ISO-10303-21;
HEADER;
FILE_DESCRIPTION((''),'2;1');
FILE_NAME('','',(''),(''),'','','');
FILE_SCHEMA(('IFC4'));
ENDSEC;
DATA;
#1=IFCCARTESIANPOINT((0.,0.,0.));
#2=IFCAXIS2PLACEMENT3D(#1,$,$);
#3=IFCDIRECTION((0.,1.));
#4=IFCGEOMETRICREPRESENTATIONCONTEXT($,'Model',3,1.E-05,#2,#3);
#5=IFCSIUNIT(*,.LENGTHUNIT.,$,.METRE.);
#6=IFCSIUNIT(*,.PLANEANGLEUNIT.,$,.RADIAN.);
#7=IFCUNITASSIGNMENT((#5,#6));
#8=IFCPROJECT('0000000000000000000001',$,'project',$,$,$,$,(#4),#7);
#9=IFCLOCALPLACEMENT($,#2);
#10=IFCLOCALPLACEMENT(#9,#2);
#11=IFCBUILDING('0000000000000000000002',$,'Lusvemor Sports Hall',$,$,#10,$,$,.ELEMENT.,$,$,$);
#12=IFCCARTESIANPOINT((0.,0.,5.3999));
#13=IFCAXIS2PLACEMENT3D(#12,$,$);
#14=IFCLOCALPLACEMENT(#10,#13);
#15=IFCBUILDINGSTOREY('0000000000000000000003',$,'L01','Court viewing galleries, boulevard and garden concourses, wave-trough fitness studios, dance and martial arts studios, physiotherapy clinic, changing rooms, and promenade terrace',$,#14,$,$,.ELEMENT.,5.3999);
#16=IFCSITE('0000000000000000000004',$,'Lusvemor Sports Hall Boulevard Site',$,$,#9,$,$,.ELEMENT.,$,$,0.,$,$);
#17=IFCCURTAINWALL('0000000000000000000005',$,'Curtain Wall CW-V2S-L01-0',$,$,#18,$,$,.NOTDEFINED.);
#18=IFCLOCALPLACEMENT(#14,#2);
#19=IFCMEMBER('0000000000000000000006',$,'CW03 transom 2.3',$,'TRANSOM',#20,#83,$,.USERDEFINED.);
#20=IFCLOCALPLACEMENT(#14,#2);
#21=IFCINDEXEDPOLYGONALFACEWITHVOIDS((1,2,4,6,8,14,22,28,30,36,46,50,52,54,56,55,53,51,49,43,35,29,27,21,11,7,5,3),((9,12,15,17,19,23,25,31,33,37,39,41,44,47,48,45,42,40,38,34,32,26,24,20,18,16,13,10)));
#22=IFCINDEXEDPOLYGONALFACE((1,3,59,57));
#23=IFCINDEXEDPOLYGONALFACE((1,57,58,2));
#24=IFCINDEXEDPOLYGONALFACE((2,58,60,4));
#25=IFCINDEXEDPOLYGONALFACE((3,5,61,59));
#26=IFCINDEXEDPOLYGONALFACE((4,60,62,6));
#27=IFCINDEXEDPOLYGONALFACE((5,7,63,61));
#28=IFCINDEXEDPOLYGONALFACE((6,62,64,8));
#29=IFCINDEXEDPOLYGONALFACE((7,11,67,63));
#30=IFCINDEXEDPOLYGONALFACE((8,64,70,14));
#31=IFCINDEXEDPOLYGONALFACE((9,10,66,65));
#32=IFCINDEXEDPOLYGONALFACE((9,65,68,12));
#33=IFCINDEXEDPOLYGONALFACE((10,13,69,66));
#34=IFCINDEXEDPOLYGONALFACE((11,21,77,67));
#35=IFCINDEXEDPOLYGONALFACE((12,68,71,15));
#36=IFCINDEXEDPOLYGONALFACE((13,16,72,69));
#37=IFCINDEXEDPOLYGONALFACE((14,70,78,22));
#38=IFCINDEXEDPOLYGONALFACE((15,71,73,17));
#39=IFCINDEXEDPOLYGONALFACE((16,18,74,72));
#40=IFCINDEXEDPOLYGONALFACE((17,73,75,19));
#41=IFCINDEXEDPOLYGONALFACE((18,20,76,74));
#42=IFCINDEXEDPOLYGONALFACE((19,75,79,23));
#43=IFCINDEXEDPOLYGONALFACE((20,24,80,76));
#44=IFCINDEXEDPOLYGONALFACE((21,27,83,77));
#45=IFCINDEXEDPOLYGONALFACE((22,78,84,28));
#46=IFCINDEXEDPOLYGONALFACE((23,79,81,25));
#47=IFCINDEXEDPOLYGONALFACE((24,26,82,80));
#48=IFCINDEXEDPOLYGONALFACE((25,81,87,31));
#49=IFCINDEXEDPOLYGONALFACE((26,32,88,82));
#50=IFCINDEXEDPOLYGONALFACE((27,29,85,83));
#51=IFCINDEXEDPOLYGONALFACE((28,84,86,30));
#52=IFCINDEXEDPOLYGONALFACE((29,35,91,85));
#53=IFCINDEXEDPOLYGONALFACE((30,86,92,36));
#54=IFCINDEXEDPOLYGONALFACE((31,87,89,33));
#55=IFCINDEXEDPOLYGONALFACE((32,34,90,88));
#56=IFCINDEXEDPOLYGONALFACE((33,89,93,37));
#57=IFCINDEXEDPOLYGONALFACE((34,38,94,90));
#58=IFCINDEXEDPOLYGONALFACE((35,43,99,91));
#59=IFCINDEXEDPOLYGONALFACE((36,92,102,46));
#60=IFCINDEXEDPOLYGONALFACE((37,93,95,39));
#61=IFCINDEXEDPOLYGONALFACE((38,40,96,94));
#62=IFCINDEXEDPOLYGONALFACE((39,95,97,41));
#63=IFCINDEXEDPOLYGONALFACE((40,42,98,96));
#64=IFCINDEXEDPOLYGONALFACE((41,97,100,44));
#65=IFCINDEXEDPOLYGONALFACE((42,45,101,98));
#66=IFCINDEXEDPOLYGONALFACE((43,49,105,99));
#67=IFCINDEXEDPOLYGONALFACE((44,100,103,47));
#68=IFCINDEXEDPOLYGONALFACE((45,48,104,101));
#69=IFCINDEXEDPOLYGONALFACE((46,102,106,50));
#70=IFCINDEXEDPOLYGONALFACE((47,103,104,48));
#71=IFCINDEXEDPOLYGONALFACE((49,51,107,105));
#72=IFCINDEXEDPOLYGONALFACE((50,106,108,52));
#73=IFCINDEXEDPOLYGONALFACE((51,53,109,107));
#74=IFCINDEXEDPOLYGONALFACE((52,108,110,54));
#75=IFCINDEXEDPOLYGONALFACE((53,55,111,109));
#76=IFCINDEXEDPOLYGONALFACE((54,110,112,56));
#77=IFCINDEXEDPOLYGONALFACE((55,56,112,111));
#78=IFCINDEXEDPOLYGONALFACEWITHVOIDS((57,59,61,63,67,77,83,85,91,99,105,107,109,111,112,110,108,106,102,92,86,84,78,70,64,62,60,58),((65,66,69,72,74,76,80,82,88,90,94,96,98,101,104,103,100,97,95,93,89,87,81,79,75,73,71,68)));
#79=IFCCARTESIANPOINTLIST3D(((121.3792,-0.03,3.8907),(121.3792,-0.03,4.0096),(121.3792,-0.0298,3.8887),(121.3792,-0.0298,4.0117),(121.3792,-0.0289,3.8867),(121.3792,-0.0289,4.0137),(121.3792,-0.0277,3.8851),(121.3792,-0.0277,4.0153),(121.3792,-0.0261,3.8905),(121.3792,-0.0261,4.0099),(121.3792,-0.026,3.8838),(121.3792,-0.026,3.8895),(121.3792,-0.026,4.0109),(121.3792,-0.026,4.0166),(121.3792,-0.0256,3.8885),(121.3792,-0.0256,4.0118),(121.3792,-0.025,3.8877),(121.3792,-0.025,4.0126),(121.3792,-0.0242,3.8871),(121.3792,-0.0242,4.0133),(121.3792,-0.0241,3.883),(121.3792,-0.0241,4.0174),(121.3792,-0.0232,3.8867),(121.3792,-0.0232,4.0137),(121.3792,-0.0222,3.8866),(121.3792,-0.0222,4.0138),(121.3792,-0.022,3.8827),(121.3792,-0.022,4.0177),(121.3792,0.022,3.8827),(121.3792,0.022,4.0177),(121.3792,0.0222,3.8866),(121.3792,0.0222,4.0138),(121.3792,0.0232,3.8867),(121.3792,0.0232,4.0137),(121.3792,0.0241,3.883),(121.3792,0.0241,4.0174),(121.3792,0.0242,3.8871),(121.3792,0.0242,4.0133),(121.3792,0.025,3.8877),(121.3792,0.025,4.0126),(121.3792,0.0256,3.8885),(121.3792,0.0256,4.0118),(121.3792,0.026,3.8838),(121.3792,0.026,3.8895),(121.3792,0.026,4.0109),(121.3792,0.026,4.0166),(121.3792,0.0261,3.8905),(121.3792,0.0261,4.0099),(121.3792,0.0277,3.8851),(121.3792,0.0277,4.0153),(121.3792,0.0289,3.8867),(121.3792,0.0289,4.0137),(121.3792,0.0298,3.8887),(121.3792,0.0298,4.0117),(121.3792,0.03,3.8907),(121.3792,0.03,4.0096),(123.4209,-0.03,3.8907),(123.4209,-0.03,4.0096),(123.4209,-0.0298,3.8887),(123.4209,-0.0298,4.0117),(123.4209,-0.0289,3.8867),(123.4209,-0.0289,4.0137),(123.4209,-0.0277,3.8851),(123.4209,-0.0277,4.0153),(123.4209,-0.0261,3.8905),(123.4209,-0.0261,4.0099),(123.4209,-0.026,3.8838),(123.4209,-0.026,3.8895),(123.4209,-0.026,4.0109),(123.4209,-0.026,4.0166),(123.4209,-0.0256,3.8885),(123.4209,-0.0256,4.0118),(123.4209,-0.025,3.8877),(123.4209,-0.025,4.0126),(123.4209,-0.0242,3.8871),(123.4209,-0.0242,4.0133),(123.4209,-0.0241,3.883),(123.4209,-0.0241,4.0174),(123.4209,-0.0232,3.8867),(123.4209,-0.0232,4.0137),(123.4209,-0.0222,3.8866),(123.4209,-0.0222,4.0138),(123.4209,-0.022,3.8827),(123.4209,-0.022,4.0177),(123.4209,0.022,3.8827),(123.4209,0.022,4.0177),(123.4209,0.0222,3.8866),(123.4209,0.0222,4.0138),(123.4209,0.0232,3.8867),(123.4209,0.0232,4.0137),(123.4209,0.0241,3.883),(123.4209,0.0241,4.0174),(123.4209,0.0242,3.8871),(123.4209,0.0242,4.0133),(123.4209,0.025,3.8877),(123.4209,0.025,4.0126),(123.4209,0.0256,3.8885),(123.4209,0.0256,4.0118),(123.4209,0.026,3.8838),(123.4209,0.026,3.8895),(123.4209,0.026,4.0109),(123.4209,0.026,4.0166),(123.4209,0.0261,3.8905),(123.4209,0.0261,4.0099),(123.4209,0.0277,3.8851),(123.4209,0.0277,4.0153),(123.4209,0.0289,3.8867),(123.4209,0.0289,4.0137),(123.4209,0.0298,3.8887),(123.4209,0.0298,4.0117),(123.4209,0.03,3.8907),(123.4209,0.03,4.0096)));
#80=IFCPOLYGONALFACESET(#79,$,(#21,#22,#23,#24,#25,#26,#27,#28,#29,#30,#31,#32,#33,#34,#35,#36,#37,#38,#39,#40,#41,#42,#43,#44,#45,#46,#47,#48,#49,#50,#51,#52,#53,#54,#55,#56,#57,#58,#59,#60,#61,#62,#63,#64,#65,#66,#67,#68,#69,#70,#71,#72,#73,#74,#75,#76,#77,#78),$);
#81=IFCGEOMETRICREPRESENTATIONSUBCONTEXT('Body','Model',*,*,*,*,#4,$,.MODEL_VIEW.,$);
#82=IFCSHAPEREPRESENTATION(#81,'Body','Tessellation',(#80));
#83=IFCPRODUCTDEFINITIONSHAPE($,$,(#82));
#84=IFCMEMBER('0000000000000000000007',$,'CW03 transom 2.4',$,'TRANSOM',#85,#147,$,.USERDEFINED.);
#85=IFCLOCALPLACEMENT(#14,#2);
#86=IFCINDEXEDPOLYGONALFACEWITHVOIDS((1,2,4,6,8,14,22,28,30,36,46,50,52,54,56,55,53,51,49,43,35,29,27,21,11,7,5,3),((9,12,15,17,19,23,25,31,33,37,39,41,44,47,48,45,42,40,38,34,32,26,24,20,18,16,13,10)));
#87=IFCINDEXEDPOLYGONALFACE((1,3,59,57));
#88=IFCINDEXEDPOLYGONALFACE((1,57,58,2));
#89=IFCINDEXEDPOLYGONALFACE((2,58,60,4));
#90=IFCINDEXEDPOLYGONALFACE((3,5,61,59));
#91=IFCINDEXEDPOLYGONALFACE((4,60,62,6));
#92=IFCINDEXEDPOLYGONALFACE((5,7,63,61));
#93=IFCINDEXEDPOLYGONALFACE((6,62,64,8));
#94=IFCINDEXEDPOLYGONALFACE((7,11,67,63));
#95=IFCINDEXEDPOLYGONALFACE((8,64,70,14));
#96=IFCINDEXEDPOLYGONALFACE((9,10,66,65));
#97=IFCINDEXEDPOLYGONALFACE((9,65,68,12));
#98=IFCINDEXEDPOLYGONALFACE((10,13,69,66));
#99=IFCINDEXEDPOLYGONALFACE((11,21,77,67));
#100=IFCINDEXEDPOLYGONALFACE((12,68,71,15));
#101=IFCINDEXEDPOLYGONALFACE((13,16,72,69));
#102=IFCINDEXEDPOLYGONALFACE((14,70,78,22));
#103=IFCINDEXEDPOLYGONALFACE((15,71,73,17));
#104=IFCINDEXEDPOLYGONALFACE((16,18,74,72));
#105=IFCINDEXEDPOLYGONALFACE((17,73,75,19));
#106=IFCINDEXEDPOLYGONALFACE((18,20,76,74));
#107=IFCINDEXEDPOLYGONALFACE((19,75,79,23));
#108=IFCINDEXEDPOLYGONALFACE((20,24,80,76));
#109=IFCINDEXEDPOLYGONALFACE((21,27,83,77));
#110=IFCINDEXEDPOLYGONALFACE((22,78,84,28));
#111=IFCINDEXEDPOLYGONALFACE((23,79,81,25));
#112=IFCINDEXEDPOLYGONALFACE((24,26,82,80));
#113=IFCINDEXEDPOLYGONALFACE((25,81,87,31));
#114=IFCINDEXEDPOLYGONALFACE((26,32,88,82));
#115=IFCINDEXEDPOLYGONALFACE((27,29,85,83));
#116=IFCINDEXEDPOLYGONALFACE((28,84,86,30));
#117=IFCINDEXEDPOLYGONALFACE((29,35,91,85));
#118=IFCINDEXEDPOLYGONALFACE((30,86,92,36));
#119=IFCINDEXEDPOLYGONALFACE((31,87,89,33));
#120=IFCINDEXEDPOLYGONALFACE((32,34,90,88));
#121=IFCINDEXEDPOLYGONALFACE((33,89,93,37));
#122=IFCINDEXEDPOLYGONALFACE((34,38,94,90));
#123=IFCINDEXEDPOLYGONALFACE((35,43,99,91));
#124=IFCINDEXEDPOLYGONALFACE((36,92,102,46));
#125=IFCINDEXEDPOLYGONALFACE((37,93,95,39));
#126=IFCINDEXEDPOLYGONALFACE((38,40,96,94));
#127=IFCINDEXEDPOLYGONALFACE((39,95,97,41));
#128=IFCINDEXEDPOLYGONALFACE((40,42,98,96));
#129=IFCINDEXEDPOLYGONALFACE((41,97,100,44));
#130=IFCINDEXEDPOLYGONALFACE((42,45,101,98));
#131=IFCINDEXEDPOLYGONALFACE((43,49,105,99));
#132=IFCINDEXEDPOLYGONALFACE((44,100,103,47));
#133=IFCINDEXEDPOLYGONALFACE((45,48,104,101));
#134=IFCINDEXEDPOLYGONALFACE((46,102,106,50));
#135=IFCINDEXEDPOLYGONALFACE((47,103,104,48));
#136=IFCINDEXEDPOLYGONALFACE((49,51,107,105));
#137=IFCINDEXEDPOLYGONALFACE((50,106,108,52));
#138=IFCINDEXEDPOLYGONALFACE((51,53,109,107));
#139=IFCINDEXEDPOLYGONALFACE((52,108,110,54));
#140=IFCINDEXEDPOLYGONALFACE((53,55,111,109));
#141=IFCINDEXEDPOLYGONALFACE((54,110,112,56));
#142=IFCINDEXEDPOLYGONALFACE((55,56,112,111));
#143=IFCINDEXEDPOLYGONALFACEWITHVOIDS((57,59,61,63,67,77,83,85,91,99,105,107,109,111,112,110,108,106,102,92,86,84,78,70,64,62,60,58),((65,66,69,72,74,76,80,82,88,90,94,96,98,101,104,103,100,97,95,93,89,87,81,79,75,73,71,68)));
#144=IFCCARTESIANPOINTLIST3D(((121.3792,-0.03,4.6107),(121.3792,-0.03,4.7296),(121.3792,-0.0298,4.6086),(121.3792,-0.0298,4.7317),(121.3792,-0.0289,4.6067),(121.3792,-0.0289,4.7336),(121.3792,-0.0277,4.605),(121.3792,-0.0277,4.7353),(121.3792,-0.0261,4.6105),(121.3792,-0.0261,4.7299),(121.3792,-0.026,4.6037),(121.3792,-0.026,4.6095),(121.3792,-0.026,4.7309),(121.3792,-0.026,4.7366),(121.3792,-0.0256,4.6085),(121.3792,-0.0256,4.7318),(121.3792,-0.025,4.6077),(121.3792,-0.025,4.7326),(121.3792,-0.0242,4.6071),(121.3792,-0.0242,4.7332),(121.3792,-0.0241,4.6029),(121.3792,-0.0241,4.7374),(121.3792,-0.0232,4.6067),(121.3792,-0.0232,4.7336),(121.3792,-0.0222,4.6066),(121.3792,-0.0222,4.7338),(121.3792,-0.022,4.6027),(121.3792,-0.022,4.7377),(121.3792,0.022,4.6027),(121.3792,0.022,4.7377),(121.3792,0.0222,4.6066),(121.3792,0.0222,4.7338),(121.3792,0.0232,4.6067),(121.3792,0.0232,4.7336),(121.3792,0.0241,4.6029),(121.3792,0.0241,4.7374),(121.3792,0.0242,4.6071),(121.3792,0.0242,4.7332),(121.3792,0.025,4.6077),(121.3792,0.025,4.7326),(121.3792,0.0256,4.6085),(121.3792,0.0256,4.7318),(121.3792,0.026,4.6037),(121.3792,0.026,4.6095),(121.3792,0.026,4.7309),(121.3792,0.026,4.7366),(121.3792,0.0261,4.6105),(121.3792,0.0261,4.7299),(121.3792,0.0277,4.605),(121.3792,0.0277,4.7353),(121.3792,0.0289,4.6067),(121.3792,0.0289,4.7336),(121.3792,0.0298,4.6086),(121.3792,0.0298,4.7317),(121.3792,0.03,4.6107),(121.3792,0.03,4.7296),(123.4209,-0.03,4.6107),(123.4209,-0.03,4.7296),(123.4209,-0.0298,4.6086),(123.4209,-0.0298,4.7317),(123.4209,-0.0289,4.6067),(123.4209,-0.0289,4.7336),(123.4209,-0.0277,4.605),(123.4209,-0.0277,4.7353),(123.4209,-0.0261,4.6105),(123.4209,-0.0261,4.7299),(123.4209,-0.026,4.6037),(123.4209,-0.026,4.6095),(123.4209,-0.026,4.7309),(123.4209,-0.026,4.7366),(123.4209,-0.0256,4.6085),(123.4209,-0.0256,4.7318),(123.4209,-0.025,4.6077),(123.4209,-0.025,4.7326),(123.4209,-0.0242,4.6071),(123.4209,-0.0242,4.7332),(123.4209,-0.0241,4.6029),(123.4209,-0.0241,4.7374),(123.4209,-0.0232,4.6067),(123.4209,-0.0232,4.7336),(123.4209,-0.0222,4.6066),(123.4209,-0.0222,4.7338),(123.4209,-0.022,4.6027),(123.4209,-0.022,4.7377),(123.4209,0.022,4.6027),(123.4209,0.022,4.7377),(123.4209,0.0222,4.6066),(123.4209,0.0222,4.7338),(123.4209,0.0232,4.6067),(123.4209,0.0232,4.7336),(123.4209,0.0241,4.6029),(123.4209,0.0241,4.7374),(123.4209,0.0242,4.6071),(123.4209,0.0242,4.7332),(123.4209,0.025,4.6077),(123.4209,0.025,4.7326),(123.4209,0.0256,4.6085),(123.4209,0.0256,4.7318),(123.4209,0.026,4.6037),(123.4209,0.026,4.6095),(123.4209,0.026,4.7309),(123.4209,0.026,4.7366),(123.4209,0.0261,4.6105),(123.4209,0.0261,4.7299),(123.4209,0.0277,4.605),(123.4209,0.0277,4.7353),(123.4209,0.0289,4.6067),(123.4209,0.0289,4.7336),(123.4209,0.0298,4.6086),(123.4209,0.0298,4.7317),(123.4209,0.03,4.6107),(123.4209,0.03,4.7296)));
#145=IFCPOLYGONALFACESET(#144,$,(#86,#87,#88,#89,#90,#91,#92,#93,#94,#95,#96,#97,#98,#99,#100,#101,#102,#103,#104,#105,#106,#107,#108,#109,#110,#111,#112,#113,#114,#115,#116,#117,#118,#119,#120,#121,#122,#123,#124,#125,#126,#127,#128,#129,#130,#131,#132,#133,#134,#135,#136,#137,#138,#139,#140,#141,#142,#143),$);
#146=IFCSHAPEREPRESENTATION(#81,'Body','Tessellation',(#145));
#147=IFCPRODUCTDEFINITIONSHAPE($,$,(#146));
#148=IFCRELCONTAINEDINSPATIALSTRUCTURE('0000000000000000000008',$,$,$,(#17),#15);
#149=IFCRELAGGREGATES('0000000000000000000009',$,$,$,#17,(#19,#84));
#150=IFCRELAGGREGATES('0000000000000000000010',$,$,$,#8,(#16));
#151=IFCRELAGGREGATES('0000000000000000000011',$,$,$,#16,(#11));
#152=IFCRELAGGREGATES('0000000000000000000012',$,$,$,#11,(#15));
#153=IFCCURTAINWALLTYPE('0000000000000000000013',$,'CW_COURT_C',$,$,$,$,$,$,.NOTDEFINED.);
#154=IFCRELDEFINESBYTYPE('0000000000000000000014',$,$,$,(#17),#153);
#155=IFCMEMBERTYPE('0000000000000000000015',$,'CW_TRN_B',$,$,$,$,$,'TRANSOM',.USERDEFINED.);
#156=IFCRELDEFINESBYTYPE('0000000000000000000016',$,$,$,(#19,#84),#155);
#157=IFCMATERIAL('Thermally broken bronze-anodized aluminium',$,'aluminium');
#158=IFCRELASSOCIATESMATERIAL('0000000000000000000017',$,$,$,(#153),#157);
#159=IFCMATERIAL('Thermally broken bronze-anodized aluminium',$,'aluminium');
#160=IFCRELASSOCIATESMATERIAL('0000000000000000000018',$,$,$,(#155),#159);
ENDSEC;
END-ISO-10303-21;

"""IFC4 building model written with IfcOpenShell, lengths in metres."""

from ifc_helpers import new_model, si_unit, direction, frame, origin, origin_2d, place, context, subcontext, project, spatial, hollow_rectangle, extrude, material, material_profile, profile_set, type_object, element, aggregate, save


model = new_model("IFC4")

# Units and contexts
model_context = context("Model", 3, precision=1e-05, world=origin(), true_north=direction((0.0, 1.0)))
body_context = subcontext(model_context, "Body", "Model", "MODEL_VIEW")
ifc_project = project(units=[si_unit("LENGTHUNIT", "METRE"), si_unit("PLANEANGLEUNIT", "RADIAN")], contexts=[model_context])

# Site, building, storey
site_placement = place(None, origin())
site = spatial("IfcSite", under=ifc_project, at=site_placement, Name="Lusvemor Sports Hall Boulevard Site", CompositionType="ELEMENT", RefElevation=0.0)
building_placement = place(site_placement, origin())
building = spatial("IfcBuilding", under=site, at=building_placement, Name="Lusvemor Sports Hall", CompositionType="ELEMENT")
storey_placement = place(building_placement, frame((0.0, 0.0, 5.3999)))
storey = spatial("IfcBuildingStorey", under=building, at=storey_placement, Name="L01", Description="Court viewing galleries, boulevard and garden concourses, wave-trough fitness studios, dance and martial arts studios, physiotherapy clinic, changing rooms, and promenade terrace", CompositionType="ELEMENT", Elevation=5.3999)

# Curtain wall
ifc_material_1 = material(Name="Thermally broken bronze-anodized aluminium", Category="aluminium")
curtain_wall_type = type_object("IfcCurtainWallType", Name="CW_COURT_C", PredefinedType="NOTDEFINED", material=ifc_material_1)
curtain_wall_1_placement = place(storey_placement, origin())
curtain_wall_1 = element("IfcCurtainWall", 1, at=curtain_wall_1_placement, inside=storey, type_object=curtain_wall_type, Name="Curtain Wall CW-V2S-L01-0", PredefinedType="NOTDEFINED")

# Members
ifc_material_2 = material(Name="Thermally broken bronze-anodized aluminium", Category="aluminium")
ifc_material_profile_1 = material_profile(ifc_material_2, hollow_rectangle(XDim=0.0601, YDim=0.135, WallThickness=0.0039, InnerFilletRadius=0.0039, OuterFilletRadius=0.0081, at=origin_2d()), Name="CWTRN135x60x4")
ifc_profile_set_1 = profile_set([ifc_material_profile_1], Name="Thermally broken bronze-anodized aluminium")
member_type_1 = type_object("IfcMemberType", Name="CW_TRN_B", ElementType="TRANSOM", PredefinedType="USERDEFINED", material=ifc_profile_set_1)
member_1_placement = place(storey_placement, frame((123.4209, 0.0, 3.9502), z_axis=(-1.0, 0.0, 0.0), x_axis=(0.0, -1.0, 0.0)))
member_1 = element("IfcMember", 2, at=member_1_placement, type_object=member_type_1, Name="CW03 transom 2.3", ObjectType="TRANSOM", PredefinedType="USERDEFINED", context=body_context, shape_type="SweptSolid", body=[
    extrude(hollow_rectangle(XDim=0.0601, YDim=0.135, WallThickness=0.0039, InnerFilletRadius=0.0039, OuterFilletRadius=0.0081, at=origin_2d()), origin(), (0.0, 0.0, 1.0), 2.0417),
])
member_2_placement = place(storey_placement, frame((123.4209, 0.0, 4.6702), z_axis=(-1.0, 0.0, 0.0), x_axis=(0.0, -1.0, 0.0)))
member_2 = element("IfcMember", 3, at=member_2_placement, type_object=member_type_1, Name="CW03 transom 2.4", ObjectType="TRANSOM", PredefinedType="USERDEFINED", context=body_context, shape_type="SweptSolid", body=[
    extrude(hollow_rectangle(XDim=0.0601, YDim=0.135, WallThickness=0.0039, InnerFilletRadius=0.0039, OuterFilletRadius=0.0081, at=origin_2d()), origin(), (0.0, 0.0, 1.0), 2.0417),
])

aggregate(curtain_wall_1, [member_1, member_2])

save(model, "model.ifc")
